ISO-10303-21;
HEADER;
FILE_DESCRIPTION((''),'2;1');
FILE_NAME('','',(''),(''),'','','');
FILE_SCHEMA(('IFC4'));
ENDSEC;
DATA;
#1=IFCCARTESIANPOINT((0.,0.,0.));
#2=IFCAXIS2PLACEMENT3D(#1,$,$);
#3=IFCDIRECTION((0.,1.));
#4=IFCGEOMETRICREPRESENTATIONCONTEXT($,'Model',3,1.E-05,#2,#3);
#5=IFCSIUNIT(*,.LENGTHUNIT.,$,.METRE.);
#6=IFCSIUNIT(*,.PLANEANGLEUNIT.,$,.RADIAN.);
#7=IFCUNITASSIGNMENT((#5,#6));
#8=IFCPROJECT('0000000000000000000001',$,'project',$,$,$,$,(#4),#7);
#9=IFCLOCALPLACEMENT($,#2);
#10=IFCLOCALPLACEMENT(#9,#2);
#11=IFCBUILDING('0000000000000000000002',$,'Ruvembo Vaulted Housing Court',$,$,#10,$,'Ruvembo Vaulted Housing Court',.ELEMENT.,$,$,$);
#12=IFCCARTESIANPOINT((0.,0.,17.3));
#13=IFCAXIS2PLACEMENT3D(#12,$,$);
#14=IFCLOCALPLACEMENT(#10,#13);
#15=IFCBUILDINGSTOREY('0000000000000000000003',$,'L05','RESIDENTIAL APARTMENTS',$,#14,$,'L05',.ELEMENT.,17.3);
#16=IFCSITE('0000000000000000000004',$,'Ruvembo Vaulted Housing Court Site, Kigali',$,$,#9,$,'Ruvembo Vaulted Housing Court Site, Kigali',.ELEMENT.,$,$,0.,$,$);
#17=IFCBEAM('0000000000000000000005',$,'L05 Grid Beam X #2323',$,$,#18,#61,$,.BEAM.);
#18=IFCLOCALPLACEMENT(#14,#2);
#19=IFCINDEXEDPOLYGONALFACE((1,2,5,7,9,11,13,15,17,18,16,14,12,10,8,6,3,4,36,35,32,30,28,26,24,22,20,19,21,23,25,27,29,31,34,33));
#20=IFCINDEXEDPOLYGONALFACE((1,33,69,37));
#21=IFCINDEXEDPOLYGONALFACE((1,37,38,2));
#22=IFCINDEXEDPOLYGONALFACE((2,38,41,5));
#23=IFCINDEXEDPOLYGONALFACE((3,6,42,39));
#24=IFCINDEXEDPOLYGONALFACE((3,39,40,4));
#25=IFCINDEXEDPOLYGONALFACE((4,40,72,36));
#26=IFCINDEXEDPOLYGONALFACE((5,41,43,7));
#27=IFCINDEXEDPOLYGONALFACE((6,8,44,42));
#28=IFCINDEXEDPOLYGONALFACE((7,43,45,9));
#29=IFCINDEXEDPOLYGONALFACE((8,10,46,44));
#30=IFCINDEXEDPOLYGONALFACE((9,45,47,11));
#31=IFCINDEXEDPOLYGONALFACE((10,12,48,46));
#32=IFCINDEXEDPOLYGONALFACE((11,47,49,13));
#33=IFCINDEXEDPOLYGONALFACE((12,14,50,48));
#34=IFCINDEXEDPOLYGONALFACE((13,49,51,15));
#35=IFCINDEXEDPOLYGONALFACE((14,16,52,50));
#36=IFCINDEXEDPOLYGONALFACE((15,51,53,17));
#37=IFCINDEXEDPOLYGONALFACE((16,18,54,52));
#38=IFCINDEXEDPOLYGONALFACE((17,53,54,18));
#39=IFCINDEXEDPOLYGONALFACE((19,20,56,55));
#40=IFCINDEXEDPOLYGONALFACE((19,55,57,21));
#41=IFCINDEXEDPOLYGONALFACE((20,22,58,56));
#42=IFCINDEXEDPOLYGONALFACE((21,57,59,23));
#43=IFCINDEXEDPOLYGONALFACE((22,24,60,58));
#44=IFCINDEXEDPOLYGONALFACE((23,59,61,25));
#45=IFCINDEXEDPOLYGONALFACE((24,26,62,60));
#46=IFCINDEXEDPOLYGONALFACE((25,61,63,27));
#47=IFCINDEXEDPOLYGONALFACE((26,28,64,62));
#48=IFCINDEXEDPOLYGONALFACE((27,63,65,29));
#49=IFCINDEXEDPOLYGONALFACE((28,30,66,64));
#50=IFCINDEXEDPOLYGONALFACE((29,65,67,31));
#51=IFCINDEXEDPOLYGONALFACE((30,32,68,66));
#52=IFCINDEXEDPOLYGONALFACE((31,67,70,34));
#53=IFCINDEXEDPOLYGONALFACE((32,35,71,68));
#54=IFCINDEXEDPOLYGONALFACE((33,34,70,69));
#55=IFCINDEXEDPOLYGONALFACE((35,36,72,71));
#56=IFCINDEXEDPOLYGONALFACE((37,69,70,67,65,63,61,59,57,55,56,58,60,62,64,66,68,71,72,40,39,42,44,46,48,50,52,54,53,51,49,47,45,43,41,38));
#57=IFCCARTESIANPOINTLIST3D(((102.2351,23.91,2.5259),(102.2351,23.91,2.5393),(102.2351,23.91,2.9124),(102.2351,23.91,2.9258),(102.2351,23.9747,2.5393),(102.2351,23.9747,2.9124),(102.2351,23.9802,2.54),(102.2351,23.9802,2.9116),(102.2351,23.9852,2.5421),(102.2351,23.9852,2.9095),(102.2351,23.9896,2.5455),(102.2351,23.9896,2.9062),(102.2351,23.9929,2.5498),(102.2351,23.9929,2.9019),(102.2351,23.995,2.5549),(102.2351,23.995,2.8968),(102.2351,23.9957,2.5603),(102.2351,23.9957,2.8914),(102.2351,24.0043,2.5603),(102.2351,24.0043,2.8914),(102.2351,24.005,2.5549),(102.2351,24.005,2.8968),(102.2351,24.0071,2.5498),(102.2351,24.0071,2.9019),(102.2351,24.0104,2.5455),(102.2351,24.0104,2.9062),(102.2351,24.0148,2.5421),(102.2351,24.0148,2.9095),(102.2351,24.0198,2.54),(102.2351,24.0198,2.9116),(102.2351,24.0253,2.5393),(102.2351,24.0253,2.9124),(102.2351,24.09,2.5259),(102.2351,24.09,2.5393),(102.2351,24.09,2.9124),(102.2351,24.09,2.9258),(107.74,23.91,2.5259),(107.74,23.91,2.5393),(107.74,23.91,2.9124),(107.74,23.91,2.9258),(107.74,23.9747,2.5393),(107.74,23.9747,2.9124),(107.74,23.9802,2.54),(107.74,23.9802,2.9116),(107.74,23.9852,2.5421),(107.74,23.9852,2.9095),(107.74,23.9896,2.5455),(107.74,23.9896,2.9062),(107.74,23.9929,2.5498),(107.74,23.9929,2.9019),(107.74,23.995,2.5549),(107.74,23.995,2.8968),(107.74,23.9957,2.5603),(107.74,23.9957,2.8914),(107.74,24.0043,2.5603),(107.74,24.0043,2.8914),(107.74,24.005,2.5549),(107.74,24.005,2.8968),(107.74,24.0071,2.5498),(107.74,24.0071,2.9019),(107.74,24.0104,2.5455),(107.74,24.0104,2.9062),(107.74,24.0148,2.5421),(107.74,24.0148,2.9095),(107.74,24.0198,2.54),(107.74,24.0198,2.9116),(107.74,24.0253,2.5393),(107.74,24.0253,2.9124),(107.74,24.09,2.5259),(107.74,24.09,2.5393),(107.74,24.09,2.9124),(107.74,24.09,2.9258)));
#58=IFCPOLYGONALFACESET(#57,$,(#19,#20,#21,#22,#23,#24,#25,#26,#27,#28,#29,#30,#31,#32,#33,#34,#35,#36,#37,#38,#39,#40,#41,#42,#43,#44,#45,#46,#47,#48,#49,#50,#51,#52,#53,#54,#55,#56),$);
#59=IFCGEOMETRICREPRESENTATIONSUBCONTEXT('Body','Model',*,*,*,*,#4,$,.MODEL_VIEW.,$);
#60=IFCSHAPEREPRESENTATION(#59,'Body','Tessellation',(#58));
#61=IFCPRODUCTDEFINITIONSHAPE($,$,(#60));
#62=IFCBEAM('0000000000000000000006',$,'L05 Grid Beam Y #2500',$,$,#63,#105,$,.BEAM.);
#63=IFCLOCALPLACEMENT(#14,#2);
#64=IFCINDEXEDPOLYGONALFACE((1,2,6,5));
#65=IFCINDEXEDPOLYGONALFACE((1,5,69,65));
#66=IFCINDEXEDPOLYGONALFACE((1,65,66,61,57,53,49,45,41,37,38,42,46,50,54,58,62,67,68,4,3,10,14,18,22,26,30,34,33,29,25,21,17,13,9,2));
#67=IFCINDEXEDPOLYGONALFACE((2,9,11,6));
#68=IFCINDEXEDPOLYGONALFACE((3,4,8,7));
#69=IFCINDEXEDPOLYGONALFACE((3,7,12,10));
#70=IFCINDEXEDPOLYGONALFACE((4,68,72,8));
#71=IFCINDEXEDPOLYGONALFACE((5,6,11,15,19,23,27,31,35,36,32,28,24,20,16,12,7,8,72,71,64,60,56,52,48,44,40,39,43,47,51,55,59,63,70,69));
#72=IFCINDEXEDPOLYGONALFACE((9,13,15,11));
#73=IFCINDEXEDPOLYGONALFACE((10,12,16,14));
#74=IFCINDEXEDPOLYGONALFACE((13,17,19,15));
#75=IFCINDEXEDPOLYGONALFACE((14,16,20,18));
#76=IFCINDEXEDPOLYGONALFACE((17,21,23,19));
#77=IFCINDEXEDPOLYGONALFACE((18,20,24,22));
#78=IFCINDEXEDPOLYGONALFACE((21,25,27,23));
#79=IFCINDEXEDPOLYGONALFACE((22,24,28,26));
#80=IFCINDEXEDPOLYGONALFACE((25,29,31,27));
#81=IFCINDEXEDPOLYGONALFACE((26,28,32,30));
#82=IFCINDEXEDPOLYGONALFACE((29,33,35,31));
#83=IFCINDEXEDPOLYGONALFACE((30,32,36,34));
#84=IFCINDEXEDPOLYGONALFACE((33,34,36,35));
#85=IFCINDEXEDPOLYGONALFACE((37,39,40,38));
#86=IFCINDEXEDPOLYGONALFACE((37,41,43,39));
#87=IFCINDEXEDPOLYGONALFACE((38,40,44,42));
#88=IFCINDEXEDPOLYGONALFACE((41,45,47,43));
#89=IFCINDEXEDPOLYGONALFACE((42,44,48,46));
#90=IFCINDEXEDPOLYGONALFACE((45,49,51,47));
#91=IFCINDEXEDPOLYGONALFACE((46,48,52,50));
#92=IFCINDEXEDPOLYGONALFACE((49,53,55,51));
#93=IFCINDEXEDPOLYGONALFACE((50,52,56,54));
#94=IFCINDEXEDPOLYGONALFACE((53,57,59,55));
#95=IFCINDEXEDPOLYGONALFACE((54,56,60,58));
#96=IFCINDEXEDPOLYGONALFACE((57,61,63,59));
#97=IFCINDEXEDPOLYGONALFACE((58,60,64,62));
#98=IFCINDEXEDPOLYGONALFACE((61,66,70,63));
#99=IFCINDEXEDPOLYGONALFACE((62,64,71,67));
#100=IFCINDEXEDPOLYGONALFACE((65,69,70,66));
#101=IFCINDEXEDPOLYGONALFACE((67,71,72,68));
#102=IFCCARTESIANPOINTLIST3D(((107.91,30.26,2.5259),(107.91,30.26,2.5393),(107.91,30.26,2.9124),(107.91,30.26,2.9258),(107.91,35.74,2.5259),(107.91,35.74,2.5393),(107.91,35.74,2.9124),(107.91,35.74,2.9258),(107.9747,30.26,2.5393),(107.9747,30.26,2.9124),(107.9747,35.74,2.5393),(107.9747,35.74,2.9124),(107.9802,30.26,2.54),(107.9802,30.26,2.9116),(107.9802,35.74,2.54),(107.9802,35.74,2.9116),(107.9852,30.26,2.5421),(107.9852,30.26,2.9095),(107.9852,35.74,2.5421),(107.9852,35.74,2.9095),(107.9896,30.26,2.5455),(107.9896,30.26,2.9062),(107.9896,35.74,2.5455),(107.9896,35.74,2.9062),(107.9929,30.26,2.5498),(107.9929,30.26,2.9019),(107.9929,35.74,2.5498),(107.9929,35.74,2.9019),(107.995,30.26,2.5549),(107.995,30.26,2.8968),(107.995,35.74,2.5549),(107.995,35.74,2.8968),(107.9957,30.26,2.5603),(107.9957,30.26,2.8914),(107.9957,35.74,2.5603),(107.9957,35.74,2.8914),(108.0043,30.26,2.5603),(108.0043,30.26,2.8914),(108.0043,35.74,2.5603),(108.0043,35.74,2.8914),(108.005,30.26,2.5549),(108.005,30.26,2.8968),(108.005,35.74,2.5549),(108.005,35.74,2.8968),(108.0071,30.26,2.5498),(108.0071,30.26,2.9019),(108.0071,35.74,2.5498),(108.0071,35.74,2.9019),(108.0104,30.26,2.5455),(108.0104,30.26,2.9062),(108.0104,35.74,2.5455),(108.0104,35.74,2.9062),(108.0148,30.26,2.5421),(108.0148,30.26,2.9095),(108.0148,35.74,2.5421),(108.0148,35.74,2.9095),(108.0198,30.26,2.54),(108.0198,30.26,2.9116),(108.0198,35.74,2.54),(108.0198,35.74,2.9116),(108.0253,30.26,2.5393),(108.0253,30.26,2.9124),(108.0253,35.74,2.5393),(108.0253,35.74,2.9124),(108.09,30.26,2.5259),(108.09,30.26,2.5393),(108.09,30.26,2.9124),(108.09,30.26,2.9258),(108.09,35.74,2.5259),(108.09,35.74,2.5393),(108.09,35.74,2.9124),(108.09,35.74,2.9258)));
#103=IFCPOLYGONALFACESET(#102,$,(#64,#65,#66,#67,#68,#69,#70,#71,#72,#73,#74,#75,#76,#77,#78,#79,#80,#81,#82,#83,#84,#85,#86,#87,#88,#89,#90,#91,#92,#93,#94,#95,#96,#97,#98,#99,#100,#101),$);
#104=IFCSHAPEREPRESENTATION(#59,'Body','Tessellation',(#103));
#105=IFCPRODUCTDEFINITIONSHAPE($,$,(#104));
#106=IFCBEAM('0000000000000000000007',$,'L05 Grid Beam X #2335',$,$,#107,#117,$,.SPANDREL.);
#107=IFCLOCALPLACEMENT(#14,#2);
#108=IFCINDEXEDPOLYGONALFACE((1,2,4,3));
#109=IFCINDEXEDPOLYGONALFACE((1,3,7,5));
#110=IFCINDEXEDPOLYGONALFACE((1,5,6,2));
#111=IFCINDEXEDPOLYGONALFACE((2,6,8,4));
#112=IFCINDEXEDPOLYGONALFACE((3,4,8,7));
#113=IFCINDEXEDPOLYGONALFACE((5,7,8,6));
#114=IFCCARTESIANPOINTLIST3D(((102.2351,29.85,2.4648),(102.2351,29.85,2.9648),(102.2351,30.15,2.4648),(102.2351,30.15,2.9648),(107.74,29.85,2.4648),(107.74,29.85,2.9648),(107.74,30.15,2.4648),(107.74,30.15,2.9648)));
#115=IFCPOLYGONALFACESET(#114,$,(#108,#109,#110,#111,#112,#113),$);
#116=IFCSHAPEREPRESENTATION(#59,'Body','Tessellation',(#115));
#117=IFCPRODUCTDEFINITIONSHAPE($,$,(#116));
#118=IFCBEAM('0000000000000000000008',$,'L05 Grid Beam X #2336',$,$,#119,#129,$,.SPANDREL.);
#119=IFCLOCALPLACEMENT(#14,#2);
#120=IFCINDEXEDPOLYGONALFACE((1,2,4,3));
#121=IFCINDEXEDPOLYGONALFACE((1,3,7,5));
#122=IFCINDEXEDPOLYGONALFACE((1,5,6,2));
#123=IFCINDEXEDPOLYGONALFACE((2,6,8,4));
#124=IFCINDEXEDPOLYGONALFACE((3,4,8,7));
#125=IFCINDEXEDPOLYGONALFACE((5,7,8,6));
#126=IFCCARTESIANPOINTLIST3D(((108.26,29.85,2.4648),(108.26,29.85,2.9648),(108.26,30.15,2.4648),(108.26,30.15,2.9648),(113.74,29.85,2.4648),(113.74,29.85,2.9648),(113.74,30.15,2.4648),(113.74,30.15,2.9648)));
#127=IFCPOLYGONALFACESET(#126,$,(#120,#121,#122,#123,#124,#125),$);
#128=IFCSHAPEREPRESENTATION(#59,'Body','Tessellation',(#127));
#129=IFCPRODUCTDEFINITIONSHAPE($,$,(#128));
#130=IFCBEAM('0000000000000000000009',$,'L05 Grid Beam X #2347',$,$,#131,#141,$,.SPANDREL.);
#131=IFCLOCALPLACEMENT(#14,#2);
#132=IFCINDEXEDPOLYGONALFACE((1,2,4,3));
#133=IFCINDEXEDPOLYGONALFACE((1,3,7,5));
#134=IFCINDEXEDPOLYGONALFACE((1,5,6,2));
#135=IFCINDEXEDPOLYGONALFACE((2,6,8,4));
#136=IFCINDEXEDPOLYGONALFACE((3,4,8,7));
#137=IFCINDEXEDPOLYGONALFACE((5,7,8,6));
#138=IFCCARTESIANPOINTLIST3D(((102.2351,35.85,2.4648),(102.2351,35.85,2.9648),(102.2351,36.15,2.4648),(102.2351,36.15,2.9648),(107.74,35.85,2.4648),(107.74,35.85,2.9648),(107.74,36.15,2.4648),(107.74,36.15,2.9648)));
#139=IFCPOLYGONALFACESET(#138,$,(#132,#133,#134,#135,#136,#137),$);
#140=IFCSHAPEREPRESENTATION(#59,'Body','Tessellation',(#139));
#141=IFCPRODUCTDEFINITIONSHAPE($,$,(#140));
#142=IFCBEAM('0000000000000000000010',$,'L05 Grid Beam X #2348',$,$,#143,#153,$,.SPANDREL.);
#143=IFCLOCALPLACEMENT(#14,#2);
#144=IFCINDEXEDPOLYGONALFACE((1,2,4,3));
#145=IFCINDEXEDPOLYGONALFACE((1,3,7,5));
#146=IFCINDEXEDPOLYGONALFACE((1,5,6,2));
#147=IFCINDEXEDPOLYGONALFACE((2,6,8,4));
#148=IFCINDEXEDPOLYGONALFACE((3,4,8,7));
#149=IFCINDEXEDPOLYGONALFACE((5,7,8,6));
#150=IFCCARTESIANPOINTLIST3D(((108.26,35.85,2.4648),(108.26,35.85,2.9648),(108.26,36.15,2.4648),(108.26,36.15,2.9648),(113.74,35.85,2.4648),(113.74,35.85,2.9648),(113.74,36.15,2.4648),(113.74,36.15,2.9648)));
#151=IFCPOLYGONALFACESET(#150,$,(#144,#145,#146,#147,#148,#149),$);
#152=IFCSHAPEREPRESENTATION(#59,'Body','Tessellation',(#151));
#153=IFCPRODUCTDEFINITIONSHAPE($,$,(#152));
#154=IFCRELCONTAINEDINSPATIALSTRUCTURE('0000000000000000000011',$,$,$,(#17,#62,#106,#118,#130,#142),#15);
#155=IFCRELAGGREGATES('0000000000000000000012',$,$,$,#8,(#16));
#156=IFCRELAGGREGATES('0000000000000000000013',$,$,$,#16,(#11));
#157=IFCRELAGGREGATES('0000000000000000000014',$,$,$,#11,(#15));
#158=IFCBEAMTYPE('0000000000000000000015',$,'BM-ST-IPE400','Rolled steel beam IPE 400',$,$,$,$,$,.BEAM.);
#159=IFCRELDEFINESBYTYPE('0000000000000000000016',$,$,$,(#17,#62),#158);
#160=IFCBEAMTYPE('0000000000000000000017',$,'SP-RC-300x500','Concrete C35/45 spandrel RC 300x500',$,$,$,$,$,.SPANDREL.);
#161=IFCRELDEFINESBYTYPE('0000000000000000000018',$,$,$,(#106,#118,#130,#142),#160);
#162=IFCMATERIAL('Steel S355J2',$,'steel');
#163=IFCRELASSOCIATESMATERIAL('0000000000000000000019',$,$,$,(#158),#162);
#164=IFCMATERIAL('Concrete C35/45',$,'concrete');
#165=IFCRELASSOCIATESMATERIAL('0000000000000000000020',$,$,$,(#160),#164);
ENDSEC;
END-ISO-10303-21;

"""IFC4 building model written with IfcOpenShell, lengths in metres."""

from ifc_helpers import new_model, si_unit, direction, frame, origin, origin_2d, place, context, subcontext, project, spatial, rectangle, i_section, extrude, material, material_profile, profile_set, type_object, element, save


model = new_model("IFC4")

# Units and contexts
model_context = context("Model", 3, precision=1e-05, world=origin(), true_north=direction((0.0, 1.0)))
body_context = subcontext(model_context, "Body", "Model", "MODEL_VIEW")
ifc_project = project(units=[si_unit("LENGTHUNIT", "METRE"), si_unit("PLANEANGLEUNIT", "RADIAN")], contexts=[model_context])

# Site, building, storey
site_placement = place(None, origin())
site = spatial("IfcSite", under=ifc_project, at=site_placement, Name="Ruvembo Vaulted Housing Court Site, Kigali", LongName="Ruvembo Vaulted Housing Court Site, Kigali", CompositionType="ELEMENT", RefElevation=0.0)
building_placement = place(site_placement, origin())
building = spatial("IfcBuilding", under=site, at=building_placement, Name="Ruvembo Vaulted Housing Court", LongName="Ruvembo Vaulted Housing Court", CompositionType="ELEMENT")
storey_placement = place(building_placement, frame((0.0, 0.0, 17.3)))
storey = spatial("IfcBuildingStorey", under=building, at=storey_placement, Name="L05", Description="RESIDENTIAL APARTMENTS", LongName="L05", CompositionType="ELEMENT", Elevation=17.3)

# Shared definitions
ifc_material_1 = material(Name="Concrete C35/45", Category="concrete")

# Beams
ifc_material_2 = material(Name="Steel S355J2", Category="steel")
ifc_material_profile_1 = material_profile(ifc_material_2, i_section(OverallWidth=0.1799, OverallDepth=0.3999, WebThickness=0.0085, FlangeThickness=0.0134, FilletRadius=0.021, at=origin_2d()), Name="IPE 400")
ifc_profile_set_1 = profile_set([ifc_material_profile_1], Name="Steel S355J2")
beam_type_1 = type_object("IfcBeamType", Name="BM-ST-IPE400", Description="Rolled steel beam IPE 400", PredefinedType="BEAM", material=ifc_profile_set_1)
beam_1_placement = place(storey_placement, frame((102.2351, 24.0, 2.7258), z_axis=(1.0, 0.0, 0.0), x_axis=(0.0, 1.0, 0.0)))
element("IfcBeam", 1, at=beam_1_placement, inside=storey, type_object=beam_type_1, Name="L05 Grid Beam X #2323", PredefinedType="BEAM", context=body_context, shape_type="SweptSolid", body=[
    extrude(i_section(OverallWidth=0.1799, OverallDepth=0.3999, WebThickness=0.0085, FlangeThickness=0.0134, FilletRadius=0.021, at=origin_2d()), origin(), (0.0, 0.0, 1.0), 5.5049),
])
beam_2_placement = place(storey_placement, frame((108.0, 30.26, 2.7258), z_axis=(0.0, 1.0, 0.0), x_axis=(-1.0, 0.0, 0.0)))
element("IfcBeam", 2, at=beam_2_placement, inside=storey, type_object=beam_type_1, Name="L05 Grid Beam Y #2500", PredefinedType="BEAM", context=body_context, shape_type="SweptSolid", body=[
    extrude(i_section(OverallWidth=0.1799, OverallDepth=0.3999, WebThickness=0.0085, FlangeThickness=0.0134, FilletRadius=0.021, at=origin_2d()), origin(), (0.0, 0.0, 1.0), 5.48),
])
ifc_material_profile_2 = material_profile(ifc_material_1, rectangle(XDim=0.3, YDim=0.5, at=origin_2d()), Name="RC 300x500")
ifc_profile_set_2 = profile_set([ifc_material_profile_2], Name="Concrete C35/45")
beam_type_2 = type_object("IfcBeamType", Name="SP-RC-300x500", Description="Concrete C35/45 spandrel RC 300x500", PredefinedType="SPANDREL", material=ifc_profile_set_2)
beam_3_placement = place(storey_placement, frame((102.2351, 30.0, 2.7148), z_axis=(1.0, 0.0, 0.0), x_axis=(0.0, 1.0, 0.0)))
element("IfcBeam", 3, at=beam_3_placement, inside=storey, type_object=beam_type_2, Name="L05 Grid Beam X #2335", PredefinedType="SPANDREL", context=body_context, shape_type="SweptSolid", body=[
    extrude(rectangle(XDim=0.3, YDim=0.5, at=origin_2d()), origin(), (0.0, 0.0, 1.0), 5.5049),
])
beam_4_placement = place(storey_placement, frame((108.26, 30.0, 2.7148), z_axis=(1.0, 0.0, 0.0), x_axis=(0.0, 1.0, 0.0)))
element("IfcBeam", 4, at=beam_4_placement, inside=storey, type_object=beam_type_2, Name="L05 Grid Beam X #2336", PredefinedType="SPANDREL", context=body_context, shape_type="SweptSolid", body=[
    extrude(rectangle(XDim=0.3, YDim=0.5, at=origin_2d()), origin(), (0.0, 0.0, 1.0), 5.48),
])
beam_5_placement = place(storey_placement, frame((102.2351, 36.0, 2.7148), z_axis=(1.0, 0.0, 0.0), x_axis=(0.0, 1.0, 0.0)))
element("IfcBeam", 5, at=beam_5_placement, inside=storey, type_object=beam_type_2, Name="L05 Grid Beam X #2347", PredefinedType="SPANDREL", context=body_context, shape_type="SweptSolid", body=[
    extrude(rectangle(XDim=0.3, YDim=0.5, at=origin_2d()), origin(), (0.0, 0.0, 1.0), 5.5049),
])
beam_6_placement = place(storey_placement, frame((108.26, 36.0, 2.7148), z_axis=(1.0, 0.0, 0.0), x_axis=(0.0, 1.0, 0.0)))
element("IfcBeam", 6, at=beam_6_placement, inside=storey, type_object=beam_type_2, Name="L05 Grid Beam X #2348", PredefinedType="SPANDREL", context=body_context, shape_type="SweptSolid", body=[
    extrude(rectangle(XDim=0.3, YDim=0.5, at=origin_2d()), origin(), (0.0, 0.0, 1.0), 5.48),
])

save(model, "model.ifc")
